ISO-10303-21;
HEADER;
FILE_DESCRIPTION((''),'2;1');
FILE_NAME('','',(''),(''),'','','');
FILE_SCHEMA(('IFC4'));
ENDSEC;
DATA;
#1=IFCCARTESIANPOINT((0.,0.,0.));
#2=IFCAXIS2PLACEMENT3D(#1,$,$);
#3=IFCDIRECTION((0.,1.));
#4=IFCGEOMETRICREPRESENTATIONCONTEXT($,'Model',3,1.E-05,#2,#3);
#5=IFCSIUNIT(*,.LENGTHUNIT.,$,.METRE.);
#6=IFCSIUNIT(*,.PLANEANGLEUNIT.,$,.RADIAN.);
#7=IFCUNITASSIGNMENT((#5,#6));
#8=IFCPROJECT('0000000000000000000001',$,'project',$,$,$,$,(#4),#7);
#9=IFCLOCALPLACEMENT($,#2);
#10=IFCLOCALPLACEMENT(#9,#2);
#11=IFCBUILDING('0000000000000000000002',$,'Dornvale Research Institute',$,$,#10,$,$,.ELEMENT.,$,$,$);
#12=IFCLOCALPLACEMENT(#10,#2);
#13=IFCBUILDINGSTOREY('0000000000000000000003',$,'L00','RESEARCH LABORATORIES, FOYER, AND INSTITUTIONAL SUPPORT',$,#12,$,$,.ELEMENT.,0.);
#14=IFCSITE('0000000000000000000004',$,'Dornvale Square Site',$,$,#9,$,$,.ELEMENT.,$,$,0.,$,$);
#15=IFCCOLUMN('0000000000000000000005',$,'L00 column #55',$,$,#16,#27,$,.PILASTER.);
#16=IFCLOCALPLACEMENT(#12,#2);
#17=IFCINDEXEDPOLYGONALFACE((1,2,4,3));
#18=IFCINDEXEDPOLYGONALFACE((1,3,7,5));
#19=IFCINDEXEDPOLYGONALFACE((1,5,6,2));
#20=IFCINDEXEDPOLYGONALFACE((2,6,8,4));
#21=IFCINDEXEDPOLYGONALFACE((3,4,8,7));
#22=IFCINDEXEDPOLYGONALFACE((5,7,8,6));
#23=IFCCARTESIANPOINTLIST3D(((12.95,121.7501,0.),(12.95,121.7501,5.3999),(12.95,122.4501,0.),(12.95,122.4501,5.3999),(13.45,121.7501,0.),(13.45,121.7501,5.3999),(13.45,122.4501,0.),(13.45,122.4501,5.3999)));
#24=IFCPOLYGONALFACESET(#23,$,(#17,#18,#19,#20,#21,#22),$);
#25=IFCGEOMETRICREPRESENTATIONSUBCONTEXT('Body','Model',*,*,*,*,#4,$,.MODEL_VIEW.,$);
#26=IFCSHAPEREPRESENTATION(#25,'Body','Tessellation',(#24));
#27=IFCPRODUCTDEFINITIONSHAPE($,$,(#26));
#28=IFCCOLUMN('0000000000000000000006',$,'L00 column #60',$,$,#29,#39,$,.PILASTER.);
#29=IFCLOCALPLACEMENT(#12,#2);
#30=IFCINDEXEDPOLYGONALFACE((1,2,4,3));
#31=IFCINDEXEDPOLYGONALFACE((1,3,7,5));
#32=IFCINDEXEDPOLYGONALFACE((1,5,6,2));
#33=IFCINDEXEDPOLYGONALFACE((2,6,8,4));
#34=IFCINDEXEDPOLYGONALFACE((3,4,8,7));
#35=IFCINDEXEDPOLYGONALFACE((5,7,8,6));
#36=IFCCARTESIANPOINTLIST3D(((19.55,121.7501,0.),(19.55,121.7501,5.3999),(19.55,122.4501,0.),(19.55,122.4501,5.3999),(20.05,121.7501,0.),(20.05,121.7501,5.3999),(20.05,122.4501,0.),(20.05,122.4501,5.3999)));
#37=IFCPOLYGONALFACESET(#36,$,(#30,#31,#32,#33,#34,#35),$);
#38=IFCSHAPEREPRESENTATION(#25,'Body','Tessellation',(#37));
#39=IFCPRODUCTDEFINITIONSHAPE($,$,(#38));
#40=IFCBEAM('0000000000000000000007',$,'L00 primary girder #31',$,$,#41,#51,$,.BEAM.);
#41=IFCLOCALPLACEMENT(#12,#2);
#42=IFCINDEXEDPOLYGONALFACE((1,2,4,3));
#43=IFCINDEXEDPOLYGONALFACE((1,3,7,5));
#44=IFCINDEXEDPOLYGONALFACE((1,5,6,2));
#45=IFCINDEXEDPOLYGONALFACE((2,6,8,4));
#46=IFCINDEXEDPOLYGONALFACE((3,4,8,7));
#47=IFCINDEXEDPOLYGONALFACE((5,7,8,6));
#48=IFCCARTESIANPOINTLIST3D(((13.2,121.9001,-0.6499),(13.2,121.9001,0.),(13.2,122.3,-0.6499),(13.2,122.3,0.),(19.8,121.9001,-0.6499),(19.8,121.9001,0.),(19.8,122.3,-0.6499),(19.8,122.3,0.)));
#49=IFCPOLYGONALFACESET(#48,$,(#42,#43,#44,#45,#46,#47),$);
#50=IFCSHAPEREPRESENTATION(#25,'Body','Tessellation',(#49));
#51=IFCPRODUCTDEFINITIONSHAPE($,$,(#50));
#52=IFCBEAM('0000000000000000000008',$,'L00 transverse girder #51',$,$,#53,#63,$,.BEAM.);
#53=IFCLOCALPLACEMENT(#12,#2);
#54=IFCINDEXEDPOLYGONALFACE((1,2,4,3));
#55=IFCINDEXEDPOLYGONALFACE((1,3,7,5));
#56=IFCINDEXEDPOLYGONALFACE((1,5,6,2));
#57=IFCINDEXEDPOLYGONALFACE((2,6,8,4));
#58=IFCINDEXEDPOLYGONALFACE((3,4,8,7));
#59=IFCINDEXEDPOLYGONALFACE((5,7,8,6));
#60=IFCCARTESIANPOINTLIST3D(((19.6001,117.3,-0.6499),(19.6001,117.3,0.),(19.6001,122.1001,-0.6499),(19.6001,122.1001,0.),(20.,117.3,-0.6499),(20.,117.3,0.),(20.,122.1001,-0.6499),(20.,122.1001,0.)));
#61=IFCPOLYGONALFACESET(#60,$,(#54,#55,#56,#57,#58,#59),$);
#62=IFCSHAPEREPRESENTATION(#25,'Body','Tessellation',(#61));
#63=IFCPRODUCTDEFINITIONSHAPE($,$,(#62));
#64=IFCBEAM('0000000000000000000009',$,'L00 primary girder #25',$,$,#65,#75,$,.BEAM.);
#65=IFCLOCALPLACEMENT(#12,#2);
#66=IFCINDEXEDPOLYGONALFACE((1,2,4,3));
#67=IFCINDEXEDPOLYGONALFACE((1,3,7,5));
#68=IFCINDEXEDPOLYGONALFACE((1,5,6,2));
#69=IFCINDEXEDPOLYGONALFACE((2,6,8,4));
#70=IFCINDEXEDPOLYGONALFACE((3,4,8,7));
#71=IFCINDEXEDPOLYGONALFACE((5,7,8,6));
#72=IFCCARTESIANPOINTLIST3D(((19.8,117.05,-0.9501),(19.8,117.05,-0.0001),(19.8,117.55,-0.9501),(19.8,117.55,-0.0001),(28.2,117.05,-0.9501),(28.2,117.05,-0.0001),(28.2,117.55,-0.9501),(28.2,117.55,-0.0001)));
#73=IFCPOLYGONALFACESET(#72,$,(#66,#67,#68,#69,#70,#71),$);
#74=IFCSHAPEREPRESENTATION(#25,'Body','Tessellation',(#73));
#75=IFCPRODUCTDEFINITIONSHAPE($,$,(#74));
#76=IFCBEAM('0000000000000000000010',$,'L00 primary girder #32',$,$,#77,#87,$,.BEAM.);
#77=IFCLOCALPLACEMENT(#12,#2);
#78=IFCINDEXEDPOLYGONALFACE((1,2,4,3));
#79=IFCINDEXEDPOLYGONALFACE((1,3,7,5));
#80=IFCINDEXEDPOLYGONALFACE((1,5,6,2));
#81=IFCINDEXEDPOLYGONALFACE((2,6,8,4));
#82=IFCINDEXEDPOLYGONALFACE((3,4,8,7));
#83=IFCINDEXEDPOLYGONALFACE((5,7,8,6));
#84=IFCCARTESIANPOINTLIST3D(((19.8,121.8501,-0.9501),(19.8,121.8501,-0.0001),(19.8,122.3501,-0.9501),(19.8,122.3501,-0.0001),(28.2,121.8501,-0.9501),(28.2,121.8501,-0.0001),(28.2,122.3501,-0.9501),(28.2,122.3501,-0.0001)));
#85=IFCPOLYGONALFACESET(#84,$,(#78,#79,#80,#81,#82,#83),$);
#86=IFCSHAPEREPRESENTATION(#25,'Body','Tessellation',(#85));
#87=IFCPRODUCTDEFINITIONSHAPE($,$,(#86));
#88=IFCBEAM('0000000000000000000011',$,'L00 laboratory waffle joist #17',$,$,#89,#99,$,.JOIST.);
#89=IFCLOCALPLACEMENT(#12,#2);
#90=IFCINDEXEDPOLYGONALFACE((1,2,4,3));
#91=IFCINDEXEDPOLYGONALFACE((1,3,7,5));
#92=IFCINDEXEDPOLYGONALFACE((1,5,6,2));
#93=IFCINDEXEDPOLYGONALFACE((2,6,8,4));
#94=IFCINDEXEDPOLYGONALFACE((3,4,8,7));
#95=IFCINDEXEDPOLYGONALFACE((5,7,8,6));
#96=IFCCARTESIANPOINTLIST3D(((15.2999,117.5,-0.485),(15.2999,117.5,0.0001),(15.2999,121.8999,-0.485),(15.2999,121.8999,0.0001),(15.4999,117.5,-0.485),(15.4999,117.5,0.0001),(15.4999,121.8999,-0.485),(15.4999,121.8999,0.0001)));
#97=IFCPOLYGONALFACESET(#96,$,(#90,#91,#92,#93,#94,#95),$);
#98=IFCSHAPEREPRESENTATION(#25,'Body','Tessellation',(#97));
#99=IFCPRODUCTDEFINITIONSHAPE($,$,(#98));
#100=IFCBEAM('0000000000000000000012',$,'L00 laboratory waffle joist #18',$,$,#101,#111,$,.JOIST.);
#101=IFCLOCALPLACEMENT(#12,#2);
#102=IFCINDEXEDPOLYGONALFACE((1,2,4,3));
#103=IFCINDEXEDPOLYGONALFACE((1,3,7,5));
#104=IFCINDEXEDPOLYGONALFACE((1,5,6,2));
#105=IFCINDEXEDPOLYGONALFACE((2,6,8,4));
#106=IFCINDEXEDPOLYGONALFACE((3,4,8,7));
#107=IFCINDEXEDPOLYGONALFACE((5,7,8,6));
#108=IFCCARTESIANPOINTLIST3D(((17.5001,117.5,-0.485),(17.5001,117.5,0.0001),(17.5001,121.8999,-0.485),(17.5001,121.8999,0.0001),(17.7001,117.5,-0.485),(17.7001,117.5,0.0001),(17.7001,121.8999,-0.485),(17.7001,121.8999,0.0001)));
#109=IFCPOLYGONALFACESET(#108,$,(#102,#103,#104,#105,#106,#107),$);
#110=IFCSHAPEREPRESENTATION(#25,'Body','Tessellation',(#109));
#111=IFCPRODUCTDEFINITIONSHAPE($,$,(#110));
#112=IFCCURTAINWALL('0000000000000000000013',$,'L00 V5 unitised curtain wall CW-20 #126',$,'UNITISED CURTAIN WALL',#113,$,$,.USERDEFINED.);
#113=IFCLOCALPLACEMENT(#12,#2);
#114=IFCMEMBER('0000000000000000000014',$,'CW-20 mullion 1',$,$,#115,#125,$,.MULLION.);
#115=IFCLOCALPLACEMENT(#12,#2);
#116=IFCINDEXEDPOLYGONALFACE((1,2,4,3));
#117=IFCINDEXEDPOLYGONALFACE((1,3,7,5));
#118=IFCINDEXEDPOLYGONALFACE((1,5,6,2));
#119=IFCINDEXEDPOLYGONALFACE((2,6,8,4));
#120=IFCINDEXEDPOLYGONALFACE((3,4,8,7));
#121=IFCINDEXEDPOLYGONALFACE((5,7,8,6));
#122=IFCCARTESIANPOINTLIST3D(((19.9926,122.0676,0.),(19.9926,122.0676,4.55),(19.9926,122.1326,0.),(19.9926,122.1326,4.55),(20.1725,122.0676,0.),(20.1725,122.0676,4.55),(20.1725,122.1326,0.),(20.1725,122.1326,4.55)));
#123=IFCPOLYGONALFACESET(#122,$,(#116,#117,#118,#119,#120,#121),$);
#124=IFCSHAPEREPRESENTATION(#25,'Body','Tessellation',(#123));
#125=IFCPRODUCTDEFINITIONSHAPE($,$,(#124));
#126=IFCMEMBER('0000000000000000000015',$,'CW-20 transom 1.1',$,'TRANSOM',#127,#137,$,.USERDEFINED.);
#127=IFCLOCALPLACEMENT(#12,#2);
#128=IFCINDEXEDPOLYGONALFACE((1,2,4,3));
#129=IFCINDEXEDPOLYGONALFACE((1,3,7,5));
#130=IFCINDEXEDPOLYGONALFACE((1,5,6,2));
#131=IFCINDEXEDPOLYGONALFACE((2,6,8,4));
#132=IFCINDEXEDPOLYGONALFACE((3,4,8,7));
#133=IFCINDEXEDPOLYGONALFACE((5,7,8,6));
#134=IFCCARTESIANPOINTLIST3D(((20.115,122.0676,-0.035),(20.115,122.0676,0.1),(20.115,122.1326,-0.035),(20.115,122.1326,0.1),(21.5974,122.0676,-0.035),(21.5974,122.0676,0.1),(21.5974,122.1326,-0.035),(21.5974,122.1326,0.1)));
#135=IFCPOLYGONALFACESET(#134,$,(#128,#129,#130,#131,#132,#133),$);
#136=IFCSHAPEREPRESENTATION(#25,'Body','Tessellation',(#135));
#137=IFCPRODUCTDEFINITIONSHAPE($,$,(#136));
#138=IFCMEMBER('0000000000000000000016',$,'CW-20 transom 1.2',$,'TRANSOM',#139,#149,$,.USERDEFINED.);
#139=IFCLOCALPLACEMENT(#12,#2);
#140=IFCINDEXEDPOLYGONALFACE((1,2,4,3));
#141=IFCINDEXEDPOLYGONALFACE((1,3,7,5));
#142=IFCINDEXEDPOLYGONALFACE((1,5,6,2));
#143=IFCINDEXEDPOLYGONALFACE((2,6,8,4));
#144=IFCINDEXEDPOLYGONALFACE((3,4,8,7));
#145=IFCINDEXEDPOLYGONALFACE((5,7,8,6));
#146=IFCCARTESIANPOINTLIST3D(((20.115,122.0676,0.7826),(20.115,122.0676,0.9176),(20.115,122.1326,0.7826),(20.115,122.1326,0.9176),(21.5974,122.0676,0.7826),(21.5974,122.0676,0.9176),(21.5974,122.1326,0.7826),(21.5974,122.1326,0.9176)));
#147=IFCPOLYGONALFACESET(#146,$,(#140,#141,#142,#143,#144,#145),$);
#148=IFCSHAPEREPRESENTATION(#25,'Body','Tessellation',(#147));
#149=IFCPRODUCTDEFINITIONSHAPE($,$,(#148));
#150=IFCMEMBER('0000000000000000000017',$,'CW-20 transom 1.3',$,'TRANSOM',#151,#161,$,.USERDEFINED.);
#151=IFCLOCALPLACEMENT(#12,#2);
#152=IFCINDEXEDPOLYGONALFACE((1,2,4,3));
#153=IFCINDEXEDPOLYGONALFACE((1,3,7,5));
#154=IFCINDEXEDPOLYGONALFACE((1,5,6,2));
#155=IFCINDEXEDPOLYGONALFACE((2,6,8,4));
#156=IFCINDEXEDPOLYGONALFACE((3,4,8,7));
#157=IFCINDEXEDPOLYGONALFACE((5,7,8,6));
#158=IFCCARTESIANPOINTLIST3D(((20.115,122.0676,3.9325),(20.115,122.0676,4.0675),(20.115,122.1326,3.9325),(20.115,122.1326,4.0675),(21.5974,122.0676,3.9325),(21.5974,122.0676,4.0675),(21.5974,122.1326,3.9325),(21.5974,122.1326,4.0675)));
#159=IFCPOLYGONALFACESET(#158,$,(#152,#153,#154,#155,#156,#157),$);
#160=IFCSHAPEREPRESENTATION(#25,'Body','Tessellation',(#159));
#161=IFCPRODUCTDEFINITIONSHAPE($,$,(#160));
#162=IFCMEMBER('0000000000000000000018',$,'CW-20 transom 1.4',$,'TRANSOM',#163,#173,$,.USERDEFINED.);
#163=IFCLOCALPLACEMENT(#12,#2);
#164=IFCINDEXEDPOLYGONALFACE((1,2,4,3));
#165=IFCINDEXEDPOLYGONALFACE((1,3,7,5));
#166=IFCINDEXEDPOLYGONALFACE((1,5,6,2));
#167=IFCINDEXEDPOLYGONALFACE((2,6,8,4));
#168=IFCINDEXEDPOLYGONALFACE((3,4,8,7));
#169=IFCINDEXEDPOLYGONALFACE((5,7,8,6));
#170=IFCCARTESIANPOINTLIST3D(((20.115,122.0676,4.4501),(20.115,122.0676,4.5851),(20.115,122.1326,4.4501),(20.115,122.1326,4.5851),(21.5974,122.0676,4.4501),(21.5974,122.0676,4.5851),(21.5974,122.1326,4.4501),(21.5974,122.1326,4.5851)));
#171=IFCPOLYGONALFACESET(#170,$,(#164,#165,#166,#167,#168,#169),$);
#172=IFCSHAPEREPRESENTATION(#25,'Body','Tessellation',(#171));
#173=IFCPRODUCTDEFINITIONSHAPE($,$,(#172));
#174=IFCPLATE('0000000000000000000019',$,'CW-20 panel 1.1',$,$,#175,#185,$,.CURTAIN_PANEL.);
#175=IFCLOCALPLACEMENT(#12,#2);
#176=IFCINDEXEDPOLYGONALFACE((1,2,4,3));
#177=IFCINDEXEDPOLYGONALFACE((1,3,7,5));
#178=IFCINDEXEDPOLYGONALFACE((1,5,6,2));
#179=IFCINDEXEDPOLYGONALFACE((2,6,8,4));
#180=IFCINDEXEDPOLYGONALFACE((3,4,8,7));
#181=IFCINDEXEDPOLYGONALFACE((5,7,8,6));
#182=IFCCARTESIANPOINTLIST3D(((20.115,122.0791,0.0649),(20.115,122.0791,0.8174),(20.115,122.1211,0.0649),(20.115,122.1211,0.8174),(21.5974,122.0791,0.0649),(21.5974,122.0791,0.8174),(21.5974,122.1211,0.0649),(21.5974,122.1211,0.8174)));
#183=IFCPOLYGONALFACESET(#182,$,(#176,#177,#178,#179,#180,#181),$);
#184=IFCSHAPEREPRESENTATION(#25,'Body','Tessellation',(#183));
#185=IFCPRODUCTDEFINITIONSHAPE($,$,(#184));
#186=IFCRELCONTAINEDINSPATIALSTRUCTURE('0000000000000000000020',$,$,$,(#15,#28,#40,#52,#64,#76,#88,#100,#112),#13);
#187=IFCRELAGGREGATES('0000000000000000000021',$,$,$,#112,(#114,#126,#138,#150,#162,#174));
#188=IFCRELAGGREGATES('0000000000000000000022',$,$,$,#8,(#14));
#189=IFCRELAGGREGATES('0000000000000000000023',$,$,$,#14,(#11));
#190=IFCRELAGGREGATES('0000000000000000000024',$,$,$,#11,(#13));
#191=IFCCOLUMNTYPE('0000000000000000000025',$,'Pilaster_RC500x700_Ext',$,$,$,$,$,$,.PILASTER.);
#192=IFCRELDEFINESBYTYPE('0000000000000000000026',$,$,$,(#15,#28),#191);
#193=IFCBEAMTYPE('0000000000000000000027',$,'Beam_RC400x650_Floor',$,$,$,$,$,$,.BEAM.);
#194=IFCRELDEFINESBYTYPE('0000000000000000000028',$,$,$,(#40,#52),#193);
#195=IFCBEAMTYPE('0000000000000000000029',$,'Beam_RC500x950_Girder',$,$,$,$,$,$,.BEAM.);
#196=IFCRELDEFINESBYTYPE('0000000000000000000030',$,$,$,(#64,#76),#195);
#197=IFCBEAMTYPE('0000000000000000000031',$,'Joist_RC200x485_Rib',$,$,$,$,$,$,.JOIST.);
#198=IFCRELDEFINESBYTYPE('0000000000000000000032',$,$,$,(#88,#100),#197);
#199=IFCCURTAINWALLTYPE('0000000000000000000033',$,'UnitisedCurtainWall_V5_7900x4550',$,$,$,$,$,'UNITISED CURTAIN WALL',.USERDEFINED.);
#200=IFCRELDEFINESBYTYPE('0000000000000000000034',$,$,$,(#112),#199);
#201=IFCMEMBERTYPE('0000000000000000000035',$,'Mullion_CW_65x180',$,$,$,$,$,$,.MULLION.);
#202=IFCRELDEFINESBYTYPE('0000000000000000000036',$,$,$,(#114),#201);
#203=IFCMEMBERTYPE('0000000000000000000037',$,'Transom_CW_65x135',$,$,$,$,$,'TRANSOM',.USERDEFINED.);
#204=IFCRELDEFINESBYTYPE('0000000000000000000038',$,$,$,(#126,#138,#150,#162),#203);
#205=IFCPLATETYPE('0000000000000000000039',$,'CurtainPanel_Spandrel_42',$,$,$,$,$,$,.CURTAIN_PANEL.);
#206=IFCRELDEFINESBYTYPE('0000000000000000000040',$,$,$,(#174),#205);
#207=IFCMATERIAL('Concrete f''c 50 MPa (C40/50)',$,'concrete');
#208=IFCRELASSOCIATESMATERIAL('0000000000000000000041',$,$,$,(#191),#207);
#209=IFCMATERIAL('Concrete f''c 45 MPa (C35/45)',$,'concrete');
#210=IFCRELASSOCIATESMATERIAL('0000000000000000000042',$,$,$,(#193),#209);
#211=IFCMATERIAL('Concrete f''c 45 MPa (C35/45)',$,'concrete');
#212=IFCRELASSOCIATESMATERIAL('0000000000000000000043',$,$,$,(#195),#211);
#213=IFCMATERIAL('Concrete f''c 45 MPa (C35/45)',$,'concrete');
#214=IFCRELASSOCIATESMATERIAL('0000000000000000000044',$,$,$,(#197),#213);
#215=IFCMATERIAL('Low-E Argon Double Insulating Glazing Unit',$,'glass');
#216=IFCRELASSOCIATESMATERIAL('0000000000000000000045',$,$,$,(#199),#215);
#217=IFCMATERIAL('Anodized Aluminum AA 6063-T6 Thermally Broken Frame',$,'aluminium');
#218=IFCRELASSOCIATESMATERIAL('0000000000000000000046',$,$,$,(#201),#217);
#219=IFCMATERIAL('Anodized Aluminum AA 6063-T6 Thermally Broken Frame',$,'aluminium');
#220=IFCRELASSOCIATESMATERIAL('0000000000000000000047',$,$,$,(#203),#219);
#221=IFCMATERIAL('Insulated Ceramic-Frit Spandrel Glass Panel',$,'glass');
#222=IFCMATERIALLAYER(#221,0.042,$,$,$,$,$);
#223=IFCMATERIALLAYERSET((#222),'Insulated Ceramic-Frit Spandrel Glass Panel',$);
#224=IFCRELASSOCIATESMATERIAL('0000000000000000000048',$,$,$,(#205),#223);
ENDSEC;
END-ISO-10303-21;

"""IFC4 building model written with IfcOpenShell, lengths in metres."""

from ifc_helpers import new_model, si_unit, direction, frame, origin, origin_2d, place, context, subcontext, project, spatial, rectangle, extrude, material, layer, layer_set, material_profile, profile_set, type_object, element, aggregate, save


model = new_model("IFC4")

# Units and contexts
model_context = context("Model", 3, precision=1e-05, world=origin(), true_north=direction((0.0, 1.0)))
body_context = subcontext(model_context, "Body", "Model", "MODEL_VIEW")
ifc_project = project(units=[si_unit("LENGTHUNIT", "METRE"), si_unit("PLANEANGLEUNIT", "RADIAN")], contexts=[model_context])

# Site, building, storey
site_placement = place(None, origin())
site = spatial("IfcSite", under=ifc_project, at=site_placement, Name="Dornvale Square Site", CompositionType="ELEMENT", RefElevation=0.0)
building_placement = place(site_placement, origin())
building = spatial("IfcBuilding", under=site, at=building_placement, Name="Dornvale Research Institute", CompositionType="ELEMENT")
storey_placement = place(building_placement, origin())
storey = spatial("IfcBuildingStorey", under=building, at=storey_placement, Name="L00", Description="RESEARCH LABORATORIES, FOYER, AND INSTITUTIONAL SUPPORT", CompositionType="ELEMENT", Elevation=0.0)

# Columns
ifc_material_1 = material(Name="Concrete f'c 50 MPa (C40/50)", Category="concrete")
ifc_material_profile_1 = material_profile(ifc_material_1, rectangle(XDim=0.5, YDim=0.7, at=origin_2d()), Name="RC 500x700")
ifc_profile_set_1 = profile_set([ifc_material_profile_1], Name="Concrete f'c 50 MPa (C40/50)")
column_type = type_object("IfcColumnType", Name="Pilaster_RC500x700_Ext", PredefinedType="PILASTER", material=ifc_profile_set_1)
for number, where, z_axis, x_axis, name in (
    (1, (13.2, 122.1001, 0.0), (0.0, 0.0, 1.0), (1.0, 0.0, 0.0), "L00 column #55"),
    (2, (19.8, 122.1001, 0.0), (0.0, 0.0, 1.0), (1.0, 0.0, 0.0), "L00 column #60"),
):
    element("IfcColumn", number, at=place(storey_placement, frame(where, z_axis=z_axis, x_axis=x_axis)), inside=storey, type_object=column_type, Name=name, PredefinedType="PILASTER", context=body_context, shape_type="SweptSolid", body=[
        extrude(rectangle(XDim=0.5, YDim=0.7, at=origin_2d()), origin(), (0.0, 0.0, 1.0), 5.3999),
    ])

# Beams
ifc_material_2 = material(Name="Concrete f'c 45 MPa (C35/45)", Category="concrete")
ifc_material_profile_2 = material_profile(ifc_material_2, rectangle(XDim=0.3999, YDim=0.6499, at=origin_2d()), Name="RC 400x650")
ifc_profile_set_2 = profile_set([ifc_material_profile_2], Name="Concrete f'c 45 MPa (C35/45)")
beam_type_1 = type_object("IfcBeamType", Name="Beam_RC400x650_Floor", PredefinedType="BEAM", material=ifc_profile_set_2)
beam_1_placement = place(storey_placement, frame((13.2, 122.1001, -0.325), z_axis=(1.0, 0.0, 0.0), x_axis=(0.0, 1.0, 0.0)))
element("IfcBeam", 3, at=beam_1_placement, inside=storey, type_object=beam_type_1, Name="L00 primary girder #31", PredefinedType="BEAM", context=body_context, shape_type="SweptSolid", body=[
    extrude(rectangle(XDim=0.3999, YDim=0.6499, at=origin_2d()), origin(), (0.0, 0.0, 1.0), 6.6001),
])
beam_2_placement = place(storey_placement, frame((19.8, 117.3, -0.325), z_axis=(0.0, 1.0, 0.0), x_axis=(-1.0, 0.0, 0.0)))
element("IfcBeam", 4, at=beam_2_placement, inside=storey, type_object=beam_type_1, Name="L00 transverse girder #51", PredefinedType="BEAM", context=body_context, shape_type="SweptSolid", body=[
    extrude(rectangle(XDim=0.3999, YDim=0.6499, at=origin_2d()), origin(), (0.0, 0.0, 1.0), 4.8),
])
ifc_material_3 = material(Name="Concrete f'c 45 MPa (C35/45)", Category="concrete")
ifc_material_profile_3 = material_profile(ifc_material_3, rectangle(XDim=0.5, YDim=0.95, at=origin_2d()), Name="RC 500x950")
ifc_profile_set_3 = profile_set([ifc_material_profile_3], Name="Concrete f'c 45 MPa (C35/45)")
beam_type_2 = type_object("IfcBeamType", Name="Beam_RC500x950_Girder", PredefinedType="BEAM", material=ifc_profile_set_3)
for number, where, z_axis, x_axis, name in (
    (5, (19.8, 117.3, -0.4751), (1.0, 0.0, 0.0), (0.0, 1.0, 0.0), "L00 primary girder #25"),
    (6, (19.8, 122.1001, -0.4751), (1.0, 0.0, 0.0), (0.0, 1.0, 0.0), "L00 primary girder #32"),
):
    element("IfcBeam", number, at=place(storey_placement, frame(where, z_axis=z_axis, x_axis=x_axis)), inside=storey, type_object=beam_type_2, Name=name, PredefinedType="BEAM", context=body_context, shape_type="SweptSolid", body=[
        extrude(rectangle(XDim=0.5, YDim=0.95, at=origin_2d()), origin(), (0.0, 0.0, 1.0), 8.3999),
    ])
ifc_material_4 = material(Name="Concrete f'c 45 MPa (C35/45)", Category="concrete")
ifc_material_profile_4 = material_profile(ifc_material_4, rectangle(XDim=0.2, YDim=0.4851, at=origin_2d()), Name="RC 200x485")
ifc_profile_set_4 = profile_set([ifc_material_profile_4], Name="Concrete f'c 45 MPa (C35/45)")
beam_type_3 = type_object("IfcBeamType", Name="Joist_RC200x485_Rib", PredefinedType="JOIST", material=ifc_profile_set_4)
for number, where, z_axis, x_axis, name in (
    (7, (15.3999, 117.5, -0.2424), (0.0, 1.0, 0.0), (-1.0, 0.0, 0.0), "L00 laboratory waffle joist #17"),
    (8, (17.6001, 117.5, -0.2424), (0.0, 1.0, 0.0), (-1.0, 0.0, 0.0), "L00 laboratory waffle joist #18"),
):
    element("IfcBeam", number, at=place(storey_placement, frame(where, z_axis=z_axis, x_axis=x_axis)), inside=storey, type_object=beam_type_3, Name=name, PredefinedType="JOIST", context=body_context, shape_type="SweptSolid", body=[
        extrude(rectangle(XDim=0.2, YDim=0.4851, at=origin_2d()), origin(), (0.0, 0.0, 1.0), 4.3999),
    ])

# Curtain wall, members, plate
ifc_material_5 = material(Name="Low-E Argon Double Insulating Glazing Unit", Category="glass")
curtain_wall_type = type_object("IfcCurtainWallType", Name="UnitisedCurtainWall_V5_7900x4550", ElementType="UNITISED CURTAIN WALL", PredefinedType="USERDEFINED", material=ifc_material_5)
curtain_wall_placement = place(storey_placement, origin())
curtain_wall = element("IfcCurtainWall", 9, at=curtain_wall_placement, inside=storey, type_object=curtain_wall_type, Name="L00 V5 unitised curtain wall CW-20 #126", ObjectType="UNITISED CURTAIN WALL", PredefinedType="USERDEFINED")
ifc_material_6 = material(Name="Anodized Aluminum AA 6063-T6 Thermally Broken Frame", Category="aluminium")
ifc_material_profile_5 = material_profile(ifc_material_6, rectangle(XDim=0.0649, YDim=0.1799, at=origin_2d()), Name="ALU MULLION 65x180")
ifc_profile_set_5 = profile_set([ifc_material_profile_5], Name="Anodized Aluminum AA 6063-T6 Thermally Broken Frame")
member_type_1 = type_object("IfcMemberType", Name="Mullion_CW_65x180", PredefinedType="MULLION", material=ifc_profile_set_5)
member_1_placement = place(storey_placement, frame((20.0825, 122.1001, 0.0), z_axis=(0.0, 0.0, 1.0), x_axis=(0.0, 1.0, 0.0)))
member_1 = element("IfcMember", 10, at=member_1_placement, type_object=member_type_1, Name="CW-20 mullion 1", PredefinedType="MULLION", context=body_context, shape_type="SweptSolid", body=[
    extrude(rectangle(XDim=0.0649, YDim=0.1799, at=origin_2d()), origin(), (0.0, 0.0, 1.0), 4.55),
])
ifc_material_7 = material(Name="Anodized Aluminum AA 6063-T6 Thermally Broken Frame", Category="aluminium")
ifc_material_profile_6 = material_profile(ifc_material_7, rectangle(XDim=0.0649, YDim=0.135, at=origin_2d()), Name="ALU TRANSOM 65x135")
ifc_profile_set_6 = profile_set([ifc_material_profile_6], Name="Anodized Aluminum AA 6063-T6 Thermally Broken Frame")
member_type_2 = type_object("IfcMemberType", Name="Transom_CW_65x135", ElementType="TRANSOM", PredefinedType="USERDEFINED", material=ifc_profile_set_6)
member_2_placement = place(storey_placement, frame((20.115, 122.1001, 0.0325), z_axis=(1.0, 0.0, 0.0), x_axis=(0.0, 1.0, 0.0)))
member_2 = element("IfcMember", 11, at=member_2_placement, type_object=member_type_2, Name="CW-20 transom 1.1", ObjectType="TRANSOM", PredefinedType="USERDEFINED", context=body_context, shape_type="SweptSolid", body=[
    extrude(rectangle(XDim=0.0649, YDim=0.135, at=origin_2d()), origin(), (0.0, 0.0, 1.0), 1.4824),
])
member_3_placement = place(storey_placement, frame((20.115, 122.1001, 0.8501), z_axis=(1.0, 0.0, 0.0), x_axis=(0.0, 1.0, 0.0)))
member_3 = element("IfcMember", 12, at=member_3_placement, type_object=member_type_2, Name="CW-20 transom 1.2", ObjectType="TRANSOM", PredefinedType="USERDEFINED", context=body_context, shape_type="SweptSolid", body=[
    extrude(rectangle(XDim=0.0649, YDim=0.135, at=origin_2d()), origin(), (0.0, 0.0, 1.0), 1.4824),
])
member_4_placement = place(storey_placement, frame((20.115, 122.1001, 4.0), z_axis=(1.0, 0.0, 0.0), x_axis=(0.0, 1.0, 0.0)))
member_4 = element("IfcMember", 13, at=member_4_placement, type_object=member_type_2, Name="CW-20 transom 1.3", ObjectType="TRANSOM", PredefinedType="USERDEFINED", context=body_context, shape_type="SweptSolid", body=[
    extrude(rectangle(XDim=0.0649, YDim=0.135, at=origin_2d()), origin(), (0.0, 0.0, 1.0), 1.4824),
])
member_5_placement = place(storey_placement, frame((20.115, 122.1001, 4.5176), z_axis=(1.0, 0.0, 0.0), x_axis=(0.0, 1.0, 0.0)))
member_5 = element("IfcMember", 14, at=member_5_placement, type_object=member_type_2, Name="CW-20 transom 1.4", ObjectType="TRANSOM", PredefinedType="USERDEFINED", context=body_context, shape_type="SweptSolid", body=[
    extrude(rectangle(XDim=0.0649, YDim=0.135, at=origin_2d()), origin(), (0.0, 0.0, 1.0), 1.4824),
])
ifc_material_8 = material(Name="Insulated Ceramic-Frit Spandrel Glass Panel", Category="glass")
ifc_layer_1 = layer(ifc_material_8, 0.042)
ifc_layer_set_1 = layer_set([ifc_layer_1], Name="Insulated Ceramic-Frit Spandrel Glass Panel")
plate_type_1 = type_object("IfcPlateType", Name="CurtainPanel_Spandrel_42", PredefinedType="CURTAIN_PANEL", material=ifc_layer_set_1)
plate_1_placement = place(storey_placement, frame((20.8562, 122.1001, 0.0649), z_axis=(0.0, 0.0, 1.0), x_axis=(1.0, 0.0, 0.0)))
plate_1 = element("IfcPlate", 15, at=plate_1_placement, type_object=plate_type_1, Name="CW-20 panel 1.1", PredefinedType="CURTAIN_PANEL", context=body_context, shape_type="SweptSolid", body=[
    extrude(rectangle(XDim=1.4824, YDim=0.042, at=origin_2d()), origin(), (0.0, 0.0, 1.0), 0.7524),
])
aggregate(curtain_wall, [member_1, member_2, member_3, member_4, member_5, plate_1])

save(model, "model.ifc")
